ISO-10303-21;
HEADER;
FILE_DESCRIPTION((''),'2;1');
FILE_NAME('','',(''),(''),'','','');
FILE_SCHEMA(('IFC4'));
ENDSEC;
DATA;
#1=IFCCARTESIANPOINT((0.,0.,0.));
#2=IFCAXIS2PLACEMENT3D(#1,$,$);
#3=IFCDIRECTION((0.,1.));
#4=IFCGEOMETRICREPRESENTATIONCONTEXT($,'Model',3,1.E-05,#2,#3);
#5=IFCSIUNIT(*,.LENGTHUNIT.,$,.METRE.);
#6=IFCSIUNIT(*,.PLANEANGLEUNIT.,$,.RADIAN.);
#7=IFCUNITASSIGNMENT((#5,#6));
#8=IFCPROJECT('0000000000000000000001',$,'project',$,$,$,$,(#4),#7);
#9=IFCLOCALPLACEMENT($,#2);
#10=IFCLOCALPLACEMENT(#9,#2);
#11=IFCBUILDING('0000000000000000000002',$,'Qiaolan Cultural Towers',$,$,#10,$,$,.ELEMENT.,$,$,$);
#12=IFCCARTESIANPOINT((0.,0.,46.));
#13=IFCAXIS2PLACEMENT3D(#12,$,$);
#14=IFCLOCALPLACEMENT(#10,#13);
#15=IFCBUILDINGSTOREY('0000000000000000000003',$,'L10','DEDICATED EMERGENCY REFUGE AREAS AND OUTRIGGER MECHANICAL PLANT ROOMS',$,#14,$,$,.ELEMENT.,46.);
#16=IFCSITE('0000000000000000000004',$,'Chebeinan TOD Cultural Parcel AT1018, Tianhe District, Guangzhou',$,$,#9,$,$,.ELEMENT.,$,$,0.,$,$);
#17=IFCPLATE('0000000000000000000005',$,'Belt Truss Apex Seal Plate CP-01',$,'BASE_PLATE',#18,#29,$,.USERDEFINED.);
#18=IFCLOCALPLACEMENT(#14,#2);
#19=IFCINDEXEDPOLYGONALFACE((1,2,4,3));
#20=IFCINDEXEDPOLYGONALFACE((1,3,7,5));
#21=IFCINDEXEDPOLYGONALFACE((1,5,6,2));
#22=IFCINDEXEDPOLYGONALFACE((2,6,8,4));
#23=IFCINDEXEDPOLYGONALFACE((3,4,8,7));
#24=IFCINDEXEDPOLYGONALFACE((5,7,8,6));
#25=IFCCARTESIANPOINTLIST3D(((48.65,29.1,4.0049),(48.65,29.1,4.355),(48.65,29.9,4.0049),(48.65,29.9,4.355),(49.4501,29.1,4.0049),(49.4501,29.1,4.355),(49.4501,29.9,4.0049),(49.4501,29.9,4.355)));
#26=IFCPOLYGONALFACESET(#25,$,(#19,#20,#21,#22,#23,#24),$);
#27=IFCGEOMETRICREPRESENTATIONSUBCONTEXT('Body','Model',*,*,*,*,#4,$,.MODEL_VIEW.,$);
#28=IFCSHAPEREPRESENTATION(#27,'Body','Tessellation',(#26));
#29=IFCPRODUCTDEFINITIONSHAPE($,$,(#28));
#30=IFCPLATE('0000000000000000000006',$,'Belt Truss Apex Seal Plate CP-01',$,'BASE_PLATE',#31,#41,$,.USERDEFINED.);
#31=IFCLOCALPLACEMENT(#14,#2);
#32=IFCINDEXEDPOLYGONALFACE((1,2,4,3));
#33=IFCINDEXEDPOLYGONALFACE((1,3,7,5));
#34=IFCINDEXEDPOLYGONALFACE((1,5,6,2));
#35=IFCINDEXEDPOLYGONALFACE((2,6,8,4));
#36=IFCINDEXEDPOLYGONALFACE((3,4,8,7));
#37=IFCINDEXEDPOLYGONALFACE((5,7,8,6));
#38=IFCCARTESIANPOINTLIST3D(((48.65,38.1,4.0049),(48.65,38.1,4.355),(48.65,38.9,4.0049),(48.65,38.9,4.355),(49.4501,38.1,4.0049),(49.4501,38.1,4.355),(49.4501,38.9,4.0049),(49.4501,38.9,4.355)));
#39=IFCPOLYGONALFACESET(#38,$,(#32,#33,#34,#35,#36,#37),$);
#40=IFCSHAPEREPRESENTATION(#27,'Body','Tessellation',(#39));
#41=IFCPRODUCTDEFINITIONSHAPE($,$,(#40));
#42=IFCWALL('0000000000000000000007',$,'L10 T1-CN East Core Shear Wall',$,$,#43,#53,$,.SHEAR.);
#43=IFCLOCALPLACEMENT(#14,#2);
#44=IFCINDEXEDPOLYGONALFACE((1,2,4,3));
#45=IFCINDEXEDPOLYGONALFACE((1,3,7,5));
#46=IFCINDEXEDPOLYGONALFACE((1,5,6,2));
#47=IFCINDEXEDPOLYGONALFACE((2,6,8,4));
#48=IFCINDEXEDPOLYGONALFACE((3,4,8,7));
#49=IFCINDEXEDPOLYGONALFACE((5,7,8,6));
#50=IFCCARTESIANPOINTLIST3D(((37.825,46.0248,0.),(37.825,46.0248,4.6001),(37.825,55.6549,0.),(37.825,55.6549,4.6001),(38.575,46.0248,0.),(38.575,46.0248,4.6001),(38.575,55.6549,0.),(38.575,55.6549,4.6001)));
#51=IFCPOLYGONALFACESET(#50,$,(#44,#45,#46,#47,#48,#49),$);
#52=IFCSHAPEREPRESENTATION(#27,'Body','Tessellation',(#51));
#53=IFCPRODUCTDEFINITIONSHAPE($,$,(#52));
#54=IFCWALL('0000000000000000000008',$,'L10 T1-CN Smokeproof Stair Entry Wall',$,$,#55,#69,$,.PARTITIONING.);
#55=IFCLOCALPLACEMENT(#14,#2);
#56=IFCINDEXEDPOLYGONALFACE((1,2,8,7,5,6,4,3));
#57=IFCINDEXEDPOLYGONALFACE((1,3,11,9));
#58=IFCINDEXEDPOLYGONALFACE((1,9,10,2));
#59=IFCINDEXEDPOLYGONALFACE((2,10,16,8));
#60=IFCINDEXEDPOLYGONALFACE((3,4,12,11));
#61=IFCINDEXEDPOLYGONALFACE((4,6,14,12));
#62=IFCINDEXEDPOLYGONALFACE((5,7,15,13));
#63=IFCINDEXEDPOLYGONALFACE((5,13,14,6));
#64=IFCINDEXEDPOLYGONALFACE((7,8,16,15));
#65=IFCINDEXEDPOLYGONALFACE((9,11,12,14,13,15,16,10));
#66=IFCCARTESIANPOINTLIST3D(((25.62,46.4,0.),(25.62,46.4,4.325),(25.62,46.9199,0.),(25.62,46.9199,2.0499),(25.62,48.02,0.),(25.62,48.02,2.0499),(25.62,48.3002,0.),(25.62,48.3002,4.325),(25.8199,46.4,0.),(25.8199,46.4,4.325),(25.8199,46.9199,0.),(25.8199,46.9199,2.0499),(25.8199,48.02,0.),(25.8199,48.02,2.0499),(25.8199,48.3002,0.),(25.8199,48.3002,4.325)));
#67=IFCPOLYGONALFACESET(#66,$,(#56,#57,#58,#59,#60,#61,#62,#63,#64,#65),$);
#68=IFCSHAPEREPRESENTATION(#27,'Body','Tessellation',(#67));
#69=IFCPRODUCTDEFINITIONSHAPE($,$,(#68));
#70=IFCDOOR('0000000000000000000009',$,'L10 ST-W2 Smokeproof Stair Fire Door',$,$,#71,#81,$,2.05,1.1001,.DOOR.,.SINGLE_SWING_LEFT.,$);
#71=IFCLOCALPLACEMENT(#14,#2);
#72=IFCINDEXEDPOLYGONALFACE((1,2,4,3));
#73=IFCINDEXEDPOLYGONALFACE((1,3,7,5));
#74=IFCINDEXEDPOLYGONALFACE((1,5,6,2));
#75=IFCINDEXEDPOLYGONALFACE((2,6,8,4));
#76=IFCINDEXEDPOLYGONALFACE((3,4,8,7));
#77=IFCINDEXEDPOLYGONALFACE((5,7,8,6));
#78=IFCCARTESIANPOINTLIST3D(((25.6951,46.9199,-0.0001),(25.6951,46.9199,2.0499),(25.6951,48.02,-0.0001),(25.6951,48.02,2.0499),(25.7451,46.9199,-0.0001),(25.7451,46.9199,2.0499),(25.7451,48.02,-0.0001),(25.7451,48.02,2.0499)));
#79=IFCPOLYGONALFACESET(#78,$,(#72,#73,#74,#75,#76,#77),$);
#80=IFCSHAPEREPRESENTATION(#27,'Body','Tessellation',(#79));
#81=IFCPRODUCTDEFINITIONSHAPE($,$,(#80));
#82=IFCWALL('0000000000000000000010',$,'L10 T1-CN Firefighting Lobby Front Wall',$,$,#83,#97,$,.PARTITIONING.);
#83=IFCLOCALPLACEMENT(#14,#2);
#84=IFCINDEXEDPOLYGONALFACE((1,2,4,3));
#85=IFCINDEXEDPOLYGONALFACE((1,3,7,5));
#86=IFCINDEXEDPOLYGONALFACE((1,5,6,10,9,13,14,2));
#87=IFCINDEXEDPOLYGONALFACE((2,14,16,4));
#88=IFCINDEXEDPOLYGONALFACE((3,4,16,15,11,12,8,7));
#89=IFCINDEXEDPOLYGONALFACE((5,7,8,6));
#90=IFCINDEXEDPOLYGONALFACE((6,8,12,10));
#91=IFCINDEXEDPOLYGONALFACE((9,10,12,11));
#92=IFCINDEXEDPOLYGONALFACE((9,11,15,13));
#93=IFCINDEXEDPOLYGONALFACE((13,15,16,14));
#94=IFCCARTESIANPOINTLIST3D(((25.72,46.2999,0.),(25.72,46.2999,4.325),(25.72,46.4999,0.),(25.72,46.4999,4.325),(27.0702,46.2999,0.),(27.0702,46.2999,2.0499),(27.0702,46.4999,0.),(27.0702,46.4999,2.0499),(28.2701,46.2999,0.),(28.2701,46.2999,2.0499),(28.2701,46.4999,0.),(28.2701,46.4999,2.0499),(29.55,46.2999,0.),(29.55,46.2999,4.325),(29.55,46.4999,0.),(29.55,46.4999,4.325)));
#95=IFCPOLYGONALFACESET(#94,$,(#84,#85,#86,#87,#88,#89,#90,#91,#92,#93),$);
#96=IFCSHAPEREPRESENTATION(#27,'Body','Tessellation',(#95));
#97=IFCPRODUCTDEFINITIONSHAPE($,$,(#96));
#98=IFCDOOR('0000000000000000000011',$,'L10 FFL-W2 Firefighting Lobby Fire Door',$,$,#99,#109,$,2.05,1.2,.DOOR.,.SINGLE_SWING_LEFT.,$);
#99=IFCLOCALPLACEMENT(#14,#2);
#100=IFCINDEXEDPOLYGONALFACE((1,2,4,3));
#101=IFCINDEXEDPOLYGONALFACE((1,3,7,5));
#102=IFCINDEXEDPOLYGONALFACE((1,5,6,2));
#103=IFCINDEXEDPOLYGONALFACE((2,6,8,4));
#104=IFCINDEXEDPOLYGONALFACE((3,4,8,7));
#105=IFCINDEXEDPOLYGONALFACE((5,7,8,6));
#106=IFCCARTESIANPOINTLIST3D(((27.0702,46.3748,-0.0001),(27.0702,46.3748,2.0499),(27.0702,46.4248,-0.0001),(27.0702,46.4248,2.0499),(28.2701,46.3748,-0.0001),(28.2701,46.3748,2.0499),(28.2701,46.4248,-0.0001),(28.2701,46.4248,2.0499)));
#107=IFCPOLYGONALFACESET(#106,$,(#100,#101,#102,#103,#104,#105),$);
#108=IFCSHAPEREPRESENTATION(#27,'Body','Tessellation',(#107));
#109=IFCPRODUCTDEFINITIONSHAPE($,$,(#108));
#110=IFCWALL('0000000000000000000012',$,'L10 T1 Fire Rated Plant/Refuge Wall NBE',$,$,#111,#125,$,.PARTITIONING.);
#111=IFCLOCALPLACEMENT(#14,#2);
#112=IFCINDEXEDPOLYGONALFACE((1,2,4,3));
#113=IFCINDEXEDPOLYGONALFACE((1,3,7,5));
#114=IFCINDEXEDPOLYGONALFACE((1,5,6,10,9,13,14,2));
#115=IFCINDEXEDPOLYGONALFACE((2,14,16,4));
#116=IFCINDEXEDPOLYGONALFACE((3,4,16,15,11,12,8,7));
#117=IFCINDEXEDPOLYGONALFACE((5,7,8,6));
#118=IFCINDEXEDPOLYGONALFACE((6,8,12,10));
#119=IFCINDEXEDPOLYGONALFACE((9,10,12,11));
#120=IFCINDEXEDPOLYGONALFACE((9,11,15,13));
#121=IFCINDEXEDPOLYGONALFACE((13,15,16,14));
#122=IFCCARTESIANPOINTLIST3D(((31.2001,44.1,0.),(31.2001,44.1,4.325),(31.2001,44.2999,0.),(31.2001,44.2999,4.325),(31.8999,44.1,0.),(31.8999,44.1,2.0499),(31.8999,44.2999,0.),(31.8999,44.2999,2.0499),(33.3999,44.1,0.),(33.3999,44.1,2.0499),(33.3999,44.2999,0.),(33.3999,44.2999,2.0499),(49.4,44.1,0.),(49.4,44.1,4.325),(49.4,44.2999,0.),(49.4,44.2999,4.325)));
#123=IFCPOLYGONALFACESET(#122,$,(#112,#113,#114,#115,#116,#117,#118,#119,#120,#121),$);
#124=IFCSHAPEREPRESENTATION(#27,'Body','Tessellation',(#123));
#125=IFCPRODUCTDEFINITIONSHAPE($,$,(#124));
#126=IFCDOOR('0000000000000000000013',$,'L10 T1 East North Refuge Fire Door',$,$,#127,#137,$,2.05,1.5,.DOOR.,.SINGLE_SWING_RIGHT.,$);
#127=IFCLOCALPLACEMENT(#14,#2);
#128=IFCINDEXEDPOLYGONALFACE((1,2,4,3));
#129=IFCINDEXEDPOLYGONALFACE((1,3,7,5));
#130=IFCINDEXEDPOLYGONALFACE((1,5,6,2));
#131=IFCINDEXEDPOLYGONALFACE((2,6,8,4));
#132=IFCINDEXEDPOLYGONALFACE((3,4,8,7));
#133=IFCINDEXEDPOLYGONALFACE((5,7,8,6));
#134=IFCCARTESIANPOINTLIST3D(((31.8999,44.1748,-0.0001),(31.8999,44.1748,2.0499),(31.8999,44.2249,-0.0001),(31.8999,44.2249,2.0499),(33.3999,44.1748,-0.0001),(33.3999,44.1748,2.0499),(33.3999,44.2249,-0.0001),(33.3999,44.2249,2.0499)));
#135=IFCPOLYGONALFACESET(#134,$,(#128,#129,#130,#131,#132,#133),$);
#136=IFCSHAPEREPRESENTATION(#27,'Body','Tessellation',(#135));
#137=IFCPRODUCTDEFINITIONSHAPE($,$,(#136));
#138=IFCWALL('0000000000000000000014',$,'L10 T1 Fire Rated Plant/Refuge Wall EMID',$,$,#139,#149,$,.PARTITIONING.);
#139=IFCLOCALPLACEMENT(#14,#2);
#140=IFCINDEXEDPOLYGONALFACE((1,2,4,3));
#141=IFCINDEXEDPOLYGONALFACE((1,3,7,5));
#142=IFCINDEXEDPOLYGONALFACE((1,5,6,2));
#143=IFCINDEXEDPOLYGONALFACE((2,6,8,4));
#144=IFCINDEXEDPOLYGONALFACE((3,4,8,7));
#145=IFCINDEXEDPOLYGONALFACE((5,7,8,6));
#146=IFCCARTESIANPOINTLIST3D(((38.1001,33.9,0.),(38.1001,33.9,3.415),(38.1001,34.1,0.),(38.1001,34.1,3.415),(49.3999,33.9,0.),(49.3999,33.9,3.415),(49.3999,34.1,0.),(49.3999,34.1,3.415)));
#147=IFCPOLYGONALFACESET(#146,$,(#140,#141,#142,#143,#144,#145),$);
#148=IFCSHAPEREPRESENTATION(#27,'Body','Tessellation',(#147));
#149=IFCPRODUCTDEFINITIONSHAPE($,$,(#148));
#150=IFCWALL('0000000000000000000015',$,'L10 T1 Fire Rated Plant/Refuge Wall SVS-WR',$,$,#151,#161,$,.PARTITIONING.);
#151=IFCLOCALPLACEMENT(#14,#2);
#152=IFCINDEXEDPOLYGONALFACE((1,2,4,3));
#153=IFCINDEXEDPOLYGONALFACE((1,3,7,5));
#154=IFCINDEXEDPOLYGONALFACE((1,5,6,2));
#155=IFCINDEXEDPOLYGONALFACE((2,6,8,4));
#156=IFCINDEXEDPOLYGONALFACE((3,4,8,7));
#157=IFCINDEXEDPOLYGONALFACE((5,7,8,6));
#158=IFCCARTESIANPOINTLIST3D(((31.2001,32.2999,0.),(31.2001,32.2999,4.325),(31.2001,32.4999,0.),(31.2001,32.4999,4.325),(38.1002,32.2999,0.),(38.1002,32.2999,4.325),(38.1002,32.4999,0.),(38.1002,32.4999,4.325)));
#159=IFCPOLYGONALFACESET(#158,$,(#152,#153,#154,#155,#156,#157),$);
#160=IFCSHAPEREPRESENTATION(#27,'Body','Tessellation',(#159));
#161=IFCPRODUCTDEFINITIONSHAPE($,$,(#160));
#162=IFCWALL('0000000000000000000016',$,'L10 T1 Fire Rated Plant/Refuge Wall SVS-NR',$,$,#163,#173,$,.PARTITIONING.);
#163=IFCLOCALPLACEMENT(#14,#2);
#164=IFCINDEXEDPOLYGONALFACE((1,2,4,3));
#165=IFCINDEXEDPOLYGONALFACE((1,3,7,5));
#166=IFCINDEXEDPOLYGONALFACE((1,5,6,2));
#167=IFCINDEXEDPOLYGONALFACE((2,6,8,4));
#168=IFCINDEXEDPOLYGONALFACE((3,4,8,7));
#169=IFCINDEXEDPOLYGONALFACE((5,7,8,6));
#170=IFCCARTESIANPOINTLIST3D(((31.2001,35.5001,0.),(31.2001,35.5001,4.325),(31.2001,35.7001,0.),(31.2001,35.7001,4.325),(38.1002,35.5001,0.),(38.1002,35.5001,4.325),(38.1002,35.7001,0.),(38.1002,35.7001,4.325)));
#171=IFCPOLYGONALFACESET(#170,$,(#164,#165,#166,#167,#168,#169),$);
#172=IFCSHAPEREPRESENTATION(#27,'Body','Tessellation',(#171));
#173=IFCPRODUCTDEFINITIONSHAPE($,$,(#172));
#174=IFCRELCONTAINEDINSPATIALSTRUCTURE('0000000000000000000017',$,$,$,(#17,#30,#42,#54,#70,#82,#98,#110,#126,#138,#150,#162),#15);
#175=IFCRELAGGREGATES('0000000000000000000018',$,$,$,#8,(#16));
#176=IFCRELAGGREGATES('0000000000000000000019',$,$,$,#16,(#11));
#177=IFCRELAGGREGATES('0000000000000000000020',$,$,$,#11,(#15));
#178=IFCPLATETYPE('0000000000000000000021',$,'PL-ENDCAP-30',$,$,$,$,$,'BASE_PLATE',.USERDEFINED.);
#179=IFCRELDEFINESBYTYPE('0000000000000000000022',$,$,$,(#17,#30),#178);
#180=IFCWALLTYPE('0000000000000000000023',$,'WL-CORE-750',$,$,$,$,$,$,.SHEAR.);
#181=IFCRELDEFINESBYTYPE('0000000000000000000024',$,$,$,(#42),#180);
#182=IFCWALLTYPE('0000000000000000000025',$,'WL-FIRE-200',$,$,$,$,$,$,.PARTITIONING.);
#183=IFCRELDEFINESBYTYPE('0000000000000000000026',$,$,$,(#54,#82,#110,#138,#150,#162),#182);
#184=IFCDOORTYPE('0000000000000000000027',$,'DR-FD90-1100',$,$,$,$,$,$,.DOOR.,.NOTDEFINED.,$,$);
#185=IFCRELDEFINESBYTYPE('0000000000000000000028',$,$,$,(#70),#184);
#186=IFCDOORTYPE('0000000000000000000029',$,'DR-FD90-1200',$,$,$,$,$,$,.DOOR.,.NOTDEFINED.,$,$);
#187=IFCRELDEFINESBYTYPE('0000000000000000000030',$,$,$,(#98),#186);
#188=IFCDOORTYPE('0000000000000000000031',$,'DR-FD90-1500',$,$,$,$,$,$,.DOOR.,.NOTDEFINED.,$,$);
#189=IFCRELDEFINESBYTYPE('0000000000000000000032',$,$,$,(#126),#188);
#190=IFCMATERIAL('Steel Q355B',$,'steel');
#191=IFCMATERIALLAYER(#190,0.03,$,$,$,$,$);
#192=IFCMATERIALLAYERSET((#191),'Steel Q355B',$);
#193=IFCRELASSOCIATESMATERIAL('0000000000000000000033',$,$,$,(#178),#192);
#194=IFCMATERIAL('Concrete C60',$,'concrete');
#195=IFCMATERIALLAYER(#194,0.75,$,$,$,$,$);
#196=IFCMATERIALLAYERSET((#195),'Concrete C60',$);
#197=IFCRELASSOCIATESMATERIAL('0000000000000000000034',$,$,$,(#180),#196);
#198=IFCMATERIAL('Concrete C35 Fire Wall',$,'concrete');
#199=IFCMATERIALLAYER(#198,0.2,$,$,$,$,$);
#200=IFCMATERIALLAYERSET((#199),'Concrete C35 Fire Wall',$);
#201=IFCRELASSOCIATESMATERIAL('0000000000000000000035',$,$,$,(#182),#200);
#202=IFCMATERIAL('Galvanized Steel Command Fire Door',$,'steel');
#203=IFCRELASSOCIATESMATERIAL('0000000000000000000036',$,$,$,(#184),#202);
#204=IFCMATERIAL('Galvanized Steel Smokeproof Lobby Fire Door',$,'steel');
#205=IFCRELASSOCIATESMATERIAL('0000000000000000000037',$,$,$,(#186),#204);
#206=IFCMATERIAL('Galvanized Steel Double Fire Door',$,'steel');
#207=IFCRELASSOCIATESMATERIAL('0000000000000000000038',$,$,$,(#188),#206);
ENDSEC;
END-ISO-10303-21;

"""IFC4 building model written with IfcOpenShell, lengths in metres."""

from ifc_helpers import new_model, si_unit, direction, frame, frame_2d, origin, origin_2d, place, context, subcontext, project, spatial, rectangle, extrude, material, layer, layer_set, type_object, element, fill, save


model = new_model("IFC4")

# Units and contexts
model_context = context("Model", 3, precision=1e-05, world=origin(), true_north=direction((0.0, 1.0)))
body_context = subcontext(model_context, "Body", "Model", "MODEL_VIEW")
ifc_project = project(units=[si_unit("LENGTHUNIT", "METRE"), si_unit("PLANEANGLEUNIT", "RADIAN")], contexts=[model_context])

# Site, building, storey
site_placement = place(None, origin())
site = spatial("IfcSite", under=ifc_project, at=site_placement, Name="Chebeinan TOD Cultural Parcel AT1018, Tianhe District, Guangzhou", CompositionType="ELEMENT", RefElevation=0.0)
building_placement = place(site_placement, origin())
building = spatial("IfcBuilding", under=site, at=building_placement, Name="Qiaolan Cultural Towers", CompositionType="ELEMENT")
storey_placement = place(building_placement, frame((0.0, 0.0, 46.0)))
storey = spatial("IfcBuildingStorey", under=building, at=storey_placement, Name="L10", Description="DEDICATED EMERGENCY REFUGE AREAS AND OUTRIGGER MECHANICAL PLANT ROOMS", CompositionType="ELEMENT", Elevation=46.0)

# Plates
ifc_material_1 = material(Name="Steel Q355B", Category="steel")
ifc_layer_1 = layer(ifc_material_1, 0.03)
ifc_layer_set_1 = layer_set([ifc_layer_1], Name="Steel Q355B")
plate_type_1 = type_object("IfcPlateType", Name="PL-ENDCAP-30", ElementType="BASE_PLATE", PredefinedType="USERDEFINED", material=ifc_layer_set_1)
for number, where, z_axis, x_axis, name in (
    (1, (49.05, 29.5, 4.0049), (0.0, 0.0, 1.0), (1.0, 0.0, 0.0), "Belt Truss Apex Seal Plate CP-01"),
    (2, (49.05, 38.5, 4.0049), (0.0, 0.0, 1.0), (1.0, 0.0, 0.0), "Belt Truss Apex Seal Plate CP-01"),
):
    element("IfcPlate", number, at=place(storey_placement, frame(where, z_axis=z_axis, x_axis=x_axis)), inside=storey, type_object=plate_type_1, Name=name, ObjectType="BASE_PLATE", PredefinedType="USERDEFINED", context=body_context, shape_type="SweptSolid", body=[
        extrude(rectangle(XDim=0.8, YDim=0.8, at=origin_2d()), origin(), (0.0, 0.0, 1.0), 0.3501),
    ])

# Wall
ifc_material_2 = material(Name="Concrete C60", Category="concrete")
ifc_layer_2 = layer(ifc_material_2, 0.75)
ifc_layer_set_2 = layer_set([ifc_layer_2], Name="Concrete C60")
wall_type_1 = type_object("IfcWallType", Name="WL-CORE-750", PredefinedType="SHEAR", material=ifc_layer_set_2)
wall_1_placement = place(storey_placement, frame((38.2, 46.0249, 0.0), z_axis=(0.0, 0.0, 1.0), x_axis=(0.0, 1.0, 0.0)))
element("IfcWall", 3, at=wall_1_placement, inside=storey, type_object=wall_type_1, Name="L10 T1-CN East Core Shear Wall", PredefinedType="SHEAR", context=body_context, shape_type="SweptSolid", body=[
    extrude(rectangle(XDim=9.6301, YDim=0.75, at=frame_2d((4.8149, 0.0))), origin(), (0.0, 0.0, 1.0), 4.6001),
])

# Walls, openings, doors
ifc_material_3 = material(Name="Concrete C35 Fire Wall", Category="concrete")
ifc_layer_3 = layer(ifc_material_3, 0.2)
ifc_layer_set_3 = layer_set([ifc_layer_3], Name="Concrete C35 Fire Wall")
wall_type_2 = type_object("IfcWallType", Name="WL-FIRE-200", PredefinedType="PARTITIONING", material=ifc_layer_set_3)
wall_2_placement = place(storey_placement, frame((25.72, 46.3999, 0.0), z_axis=(0.0, 0.0, 1.0), x_axis=(0.0, 1.0, 0.0)))
wall_2 = element("IfcWall", 4, at=wall_2_placement, inside=storey, type_object=wall_type_2, Name="L10 T1-CN Smokeproof Stair Entry Wall", PredefinedType="PARTITIONING", context=body_context, shape_type="SweptSolid", body=[
    extrude(rectangle(XDim=1.9001, YDim=0.2, at=frame_2d((0.9502, 0.0))), origin(), (0.0, 0.0, 1.0), 4.325),
])
opening_1_placement = place(wall_2_placement, frame((0.52, 0.0, 0.0)))
opening_1 = element("IfcOpeningElement", 5, at=opening_1_placement, cuts=wall_2, PredefinedType="OPENING", context=body_context, shape_type="SweptSolid", body=[
    extrude(rectangle(XDim=1.1001, YDim=2.05, at=frame_2d((0.55, 1.0249))), frame((0.0, 0.1099, 0.0), z_axis=(0.0, -1.0, 0.0), x_axis=(1.0, 0.0, 0.0)), (0.0, 0.0, 1.0), 0.22),
])
ifc_material_4 = material(Name="Galvanized Steel Command Fire Door", Category="steel")
door_type_1 = type_object("IfcDoorType", Name="DR-FD90-1100", OperationType="NOTDEFINED", PredefinedType="DOOR", material=ifc_material_4)
door_1_placement = place(opening_1_placement, origin())
door_1 = element("IfcDoor", 6, at=door_1_placement, inside=storey, type_object=door_type_1, Name="L10 ST-W2 Smokeproof Stair Fire Door", OperationType="SINGLE_SWING_LEFT", OverallHeight=2.05, OverallWidth=1.1001, PredefinedType="DOOR", context=body_context, shape_type="SweptSolid", body=[
    extrude(rectangle(XDim=1.1001, YDim=2.05, at=frame_2d((0.55, 1.0249))), frame((0.0, 0.0249, 0.0), z_axis=(0.0, -1.0, 0.0), x_axis=(1.0, 0.0, 0.0)), (0.0, 0.0, 1.0), 0.05),
])
fill(opening_1, door_1)
wall_3_placement = place(storey_placement, frame((25.72, 46.3999, 0.0), z_axis=(0.0, 0.0, 1.0), x_axis=(1.0, 0.0, 0.0)))
wall_3 = element("IfcWall", 7, at=wall_3_placement, inside=storey, type_object=wall_type_2, Name="L10 T1-CN Firefighting Lobby Front Wall", PredefinedType="PARTITIONING", context=body_context, shape_type="SweptSolid", body=[
    extrude(rectangle(XDim=3.8301, YDim=0.2, at=frame_2d((1.915, 0.0))), origin(), (0.0, 0.0, 1.0), 4.325),
])
opening_2_placement = place(wall_3_placement, frame((1.3501, 0.0, 0.0)))
opening_2 = element("IfcOpeningElement", 8, at=opening_2_placement, cuts=wall_3, PredefinedType="OPENING", context=body_context, shape_type="SweptSolid", body=[
    extrude(rectangle(XDim=1.2, YDim=2.05, at=frame_2d((0.6001, 1.0249))), frame((0.0, 0.1099, 0.0), z_axis=(0.0, -1.0, 0.0), x_axis=(1.0, 0.0, 0.0)), (0.0, 0.0, 1.0), 0.22),
])
ifc_material_5 = material(Name="Galvanized Steel Smokeproof Lobby Fire Door", Category="steel")
door_type_2 = type_object("IfcDoorType", Name="DR-FD90-1200", OperationType="NOTDEFINED", PredefinedType="DOOR", material=ifc_material_5)
door_2_placement = place(opening_2_placement, origin())
door_2 = element("IfcDoor", 9, at=door_2_placement, inside=storey, type_object=door_type_2, Name="L10 FFL-W2 Firefighting Lobby Fire Door", OperationType="SINGLE_SWING_LEFT", OverallHeight=2.05, OverallWidth=1.2, PredefinedType="DOOR", context=body_context, shape_type="SweptSolid", body=[
    extrude(rectangle(XDim=1.2, YDim=2.05, at=frame_2d((0.6001, 1.0249))), frame((0.0, 0.0249, 0.0), z_axis=(0.0, -1.0, 0.0), x_axis=(1.0, 0.0, 0.0)), (0.0, 0.0, 1.0), 0.05),
])
fill(opening_2, door_2)
wall_4_placement = place(storey_placement, frame((31.2, 44.2, 0.0), z_axis=(0.0, 0.0, 1.0), x_axis=(1.0, 0.0, 0.0)))
wall_4 = element("IfcWall", 10, at=wall_4_placement, inside=storey, type_object=wall_type_2, Name="L10 T1 Fire Rated Plant/Refuge Wall NBE", PredefinedType="PARTITIONING", context=body_context, shape_type="SweptSolid", body=[
    extrude(rectangle(XDim=18.2, YDim=0.2, at=frame_2d((9.1001, 0.0))), origin(), (0.0, 0.0, 1.0), 4.325),
])
opening_3_placement = place(wall_4_placement, frame((0.7, 0.0, 0.0)))
opening_3 = element("IfcOpeningElement", 11, at=opening_3_placement, cuts=wall_4, PredefinedType="OPENING", context=body_context, shape_type="SweptSolid", body=[
    extrude(rectangle(XDim=1.5, YDim=2.05, at=frame_2d((0.75, 1.0249))), frame((0.0, 0.1099, 0.0), z_axis=(0.0, -1.0, 0.0), x_axis=(1.0, 0.0, 0.0)), (0.0, 0.0, 1.0), 0.22),
])
ifc_material_6 = material(Name="Galvanized Steel Double Fire Door", Category="steel")
door_type_3 = type_object("IfcDoorType", Name="DR-FD90-1500", OperationType="NOTDEFINED", PredefinedType="DOOR", material=ifc_material_6)
door_3_placement = place(opening_3_placement, origin())
door_3 = element("IfcDoor", 12, at=door_3_placement, inside=storey, type_object=door_type_3, Name="L10 T1 East North Refuge Fire Door", OperationType="SINGLE_SWING_RIGHT", OverallHeight=2.05, OverallWidth=1.5, PredefinedType="DOOR", context=body_context, shape_type="SweptSolid", body=[
    extrude(rectangle(XDim=1.5, YDim=2.05, at=frame_2d((0.75, 1.0249))), frame((0.0, 0.0249, 0.0), z_axis=(0.0, -1.0, 0.0), x_axis=(1.0, 0.0, 0.0)), (0.0, 0.0, 1.0), 0.05),
])
fill(opening_3, door_3)

# Walls
wall_5_placement = place(storey_placement, frame((38.1001, 34.0, 0.0), z_axis=(0.0, 0.0, 1.0), x_axis=(1.0, 0.0, 0.0)))
element("IfcWall", 13, at=wall_5_placement, inside=storey, type_object=wall_type_2, Name="L10 T1 Fire Rated Plant/Refuge Wall EMID", PredefinedType="PARTITIONING", context=body_context, shape_type="SweptSolid", body=[
    extrude(rectangle(XDim=11.2998, YDim=0.2, at=frame_2d((5.6499, 0.0))), origin(), (0.0, 0.0, 1.0), 3.415),
])
for number, where, z_axis, x_axis, name in (
    (14, (31.2, 32.3999, 0.0), (0.0, 0.0, 1.0), (1.0, 0.0, 0.0), "L10 T1 Fire Rated Plant/Refuge Wall SVS-WR"),
    (15, (31.2, 35.6001, 0.0), (0.0, 0.0, 1.0), (1.0, 0.0, 0.0), "L10 T1 Fire Rated Plant/Refuge Wall SVS-NR"),
):
    element("IfcWall", number, at=place(storey_placement, frame(where, z_axis=z_axis, x_axis=x_axis)), inside=storey, type_object=wall_type_2, Name=name, PredefinedType="PARTITIONING", context=body_context, shape_type="SweptSolid", body=[
        extrude(rectangle(XDim=6.9001, YDim=0.2, at=frame_2d((3.4502, 0.0))), origin(), (0.0, 0.0, 1.0), 4.325),
    ])

save(model, "model.ifc")
